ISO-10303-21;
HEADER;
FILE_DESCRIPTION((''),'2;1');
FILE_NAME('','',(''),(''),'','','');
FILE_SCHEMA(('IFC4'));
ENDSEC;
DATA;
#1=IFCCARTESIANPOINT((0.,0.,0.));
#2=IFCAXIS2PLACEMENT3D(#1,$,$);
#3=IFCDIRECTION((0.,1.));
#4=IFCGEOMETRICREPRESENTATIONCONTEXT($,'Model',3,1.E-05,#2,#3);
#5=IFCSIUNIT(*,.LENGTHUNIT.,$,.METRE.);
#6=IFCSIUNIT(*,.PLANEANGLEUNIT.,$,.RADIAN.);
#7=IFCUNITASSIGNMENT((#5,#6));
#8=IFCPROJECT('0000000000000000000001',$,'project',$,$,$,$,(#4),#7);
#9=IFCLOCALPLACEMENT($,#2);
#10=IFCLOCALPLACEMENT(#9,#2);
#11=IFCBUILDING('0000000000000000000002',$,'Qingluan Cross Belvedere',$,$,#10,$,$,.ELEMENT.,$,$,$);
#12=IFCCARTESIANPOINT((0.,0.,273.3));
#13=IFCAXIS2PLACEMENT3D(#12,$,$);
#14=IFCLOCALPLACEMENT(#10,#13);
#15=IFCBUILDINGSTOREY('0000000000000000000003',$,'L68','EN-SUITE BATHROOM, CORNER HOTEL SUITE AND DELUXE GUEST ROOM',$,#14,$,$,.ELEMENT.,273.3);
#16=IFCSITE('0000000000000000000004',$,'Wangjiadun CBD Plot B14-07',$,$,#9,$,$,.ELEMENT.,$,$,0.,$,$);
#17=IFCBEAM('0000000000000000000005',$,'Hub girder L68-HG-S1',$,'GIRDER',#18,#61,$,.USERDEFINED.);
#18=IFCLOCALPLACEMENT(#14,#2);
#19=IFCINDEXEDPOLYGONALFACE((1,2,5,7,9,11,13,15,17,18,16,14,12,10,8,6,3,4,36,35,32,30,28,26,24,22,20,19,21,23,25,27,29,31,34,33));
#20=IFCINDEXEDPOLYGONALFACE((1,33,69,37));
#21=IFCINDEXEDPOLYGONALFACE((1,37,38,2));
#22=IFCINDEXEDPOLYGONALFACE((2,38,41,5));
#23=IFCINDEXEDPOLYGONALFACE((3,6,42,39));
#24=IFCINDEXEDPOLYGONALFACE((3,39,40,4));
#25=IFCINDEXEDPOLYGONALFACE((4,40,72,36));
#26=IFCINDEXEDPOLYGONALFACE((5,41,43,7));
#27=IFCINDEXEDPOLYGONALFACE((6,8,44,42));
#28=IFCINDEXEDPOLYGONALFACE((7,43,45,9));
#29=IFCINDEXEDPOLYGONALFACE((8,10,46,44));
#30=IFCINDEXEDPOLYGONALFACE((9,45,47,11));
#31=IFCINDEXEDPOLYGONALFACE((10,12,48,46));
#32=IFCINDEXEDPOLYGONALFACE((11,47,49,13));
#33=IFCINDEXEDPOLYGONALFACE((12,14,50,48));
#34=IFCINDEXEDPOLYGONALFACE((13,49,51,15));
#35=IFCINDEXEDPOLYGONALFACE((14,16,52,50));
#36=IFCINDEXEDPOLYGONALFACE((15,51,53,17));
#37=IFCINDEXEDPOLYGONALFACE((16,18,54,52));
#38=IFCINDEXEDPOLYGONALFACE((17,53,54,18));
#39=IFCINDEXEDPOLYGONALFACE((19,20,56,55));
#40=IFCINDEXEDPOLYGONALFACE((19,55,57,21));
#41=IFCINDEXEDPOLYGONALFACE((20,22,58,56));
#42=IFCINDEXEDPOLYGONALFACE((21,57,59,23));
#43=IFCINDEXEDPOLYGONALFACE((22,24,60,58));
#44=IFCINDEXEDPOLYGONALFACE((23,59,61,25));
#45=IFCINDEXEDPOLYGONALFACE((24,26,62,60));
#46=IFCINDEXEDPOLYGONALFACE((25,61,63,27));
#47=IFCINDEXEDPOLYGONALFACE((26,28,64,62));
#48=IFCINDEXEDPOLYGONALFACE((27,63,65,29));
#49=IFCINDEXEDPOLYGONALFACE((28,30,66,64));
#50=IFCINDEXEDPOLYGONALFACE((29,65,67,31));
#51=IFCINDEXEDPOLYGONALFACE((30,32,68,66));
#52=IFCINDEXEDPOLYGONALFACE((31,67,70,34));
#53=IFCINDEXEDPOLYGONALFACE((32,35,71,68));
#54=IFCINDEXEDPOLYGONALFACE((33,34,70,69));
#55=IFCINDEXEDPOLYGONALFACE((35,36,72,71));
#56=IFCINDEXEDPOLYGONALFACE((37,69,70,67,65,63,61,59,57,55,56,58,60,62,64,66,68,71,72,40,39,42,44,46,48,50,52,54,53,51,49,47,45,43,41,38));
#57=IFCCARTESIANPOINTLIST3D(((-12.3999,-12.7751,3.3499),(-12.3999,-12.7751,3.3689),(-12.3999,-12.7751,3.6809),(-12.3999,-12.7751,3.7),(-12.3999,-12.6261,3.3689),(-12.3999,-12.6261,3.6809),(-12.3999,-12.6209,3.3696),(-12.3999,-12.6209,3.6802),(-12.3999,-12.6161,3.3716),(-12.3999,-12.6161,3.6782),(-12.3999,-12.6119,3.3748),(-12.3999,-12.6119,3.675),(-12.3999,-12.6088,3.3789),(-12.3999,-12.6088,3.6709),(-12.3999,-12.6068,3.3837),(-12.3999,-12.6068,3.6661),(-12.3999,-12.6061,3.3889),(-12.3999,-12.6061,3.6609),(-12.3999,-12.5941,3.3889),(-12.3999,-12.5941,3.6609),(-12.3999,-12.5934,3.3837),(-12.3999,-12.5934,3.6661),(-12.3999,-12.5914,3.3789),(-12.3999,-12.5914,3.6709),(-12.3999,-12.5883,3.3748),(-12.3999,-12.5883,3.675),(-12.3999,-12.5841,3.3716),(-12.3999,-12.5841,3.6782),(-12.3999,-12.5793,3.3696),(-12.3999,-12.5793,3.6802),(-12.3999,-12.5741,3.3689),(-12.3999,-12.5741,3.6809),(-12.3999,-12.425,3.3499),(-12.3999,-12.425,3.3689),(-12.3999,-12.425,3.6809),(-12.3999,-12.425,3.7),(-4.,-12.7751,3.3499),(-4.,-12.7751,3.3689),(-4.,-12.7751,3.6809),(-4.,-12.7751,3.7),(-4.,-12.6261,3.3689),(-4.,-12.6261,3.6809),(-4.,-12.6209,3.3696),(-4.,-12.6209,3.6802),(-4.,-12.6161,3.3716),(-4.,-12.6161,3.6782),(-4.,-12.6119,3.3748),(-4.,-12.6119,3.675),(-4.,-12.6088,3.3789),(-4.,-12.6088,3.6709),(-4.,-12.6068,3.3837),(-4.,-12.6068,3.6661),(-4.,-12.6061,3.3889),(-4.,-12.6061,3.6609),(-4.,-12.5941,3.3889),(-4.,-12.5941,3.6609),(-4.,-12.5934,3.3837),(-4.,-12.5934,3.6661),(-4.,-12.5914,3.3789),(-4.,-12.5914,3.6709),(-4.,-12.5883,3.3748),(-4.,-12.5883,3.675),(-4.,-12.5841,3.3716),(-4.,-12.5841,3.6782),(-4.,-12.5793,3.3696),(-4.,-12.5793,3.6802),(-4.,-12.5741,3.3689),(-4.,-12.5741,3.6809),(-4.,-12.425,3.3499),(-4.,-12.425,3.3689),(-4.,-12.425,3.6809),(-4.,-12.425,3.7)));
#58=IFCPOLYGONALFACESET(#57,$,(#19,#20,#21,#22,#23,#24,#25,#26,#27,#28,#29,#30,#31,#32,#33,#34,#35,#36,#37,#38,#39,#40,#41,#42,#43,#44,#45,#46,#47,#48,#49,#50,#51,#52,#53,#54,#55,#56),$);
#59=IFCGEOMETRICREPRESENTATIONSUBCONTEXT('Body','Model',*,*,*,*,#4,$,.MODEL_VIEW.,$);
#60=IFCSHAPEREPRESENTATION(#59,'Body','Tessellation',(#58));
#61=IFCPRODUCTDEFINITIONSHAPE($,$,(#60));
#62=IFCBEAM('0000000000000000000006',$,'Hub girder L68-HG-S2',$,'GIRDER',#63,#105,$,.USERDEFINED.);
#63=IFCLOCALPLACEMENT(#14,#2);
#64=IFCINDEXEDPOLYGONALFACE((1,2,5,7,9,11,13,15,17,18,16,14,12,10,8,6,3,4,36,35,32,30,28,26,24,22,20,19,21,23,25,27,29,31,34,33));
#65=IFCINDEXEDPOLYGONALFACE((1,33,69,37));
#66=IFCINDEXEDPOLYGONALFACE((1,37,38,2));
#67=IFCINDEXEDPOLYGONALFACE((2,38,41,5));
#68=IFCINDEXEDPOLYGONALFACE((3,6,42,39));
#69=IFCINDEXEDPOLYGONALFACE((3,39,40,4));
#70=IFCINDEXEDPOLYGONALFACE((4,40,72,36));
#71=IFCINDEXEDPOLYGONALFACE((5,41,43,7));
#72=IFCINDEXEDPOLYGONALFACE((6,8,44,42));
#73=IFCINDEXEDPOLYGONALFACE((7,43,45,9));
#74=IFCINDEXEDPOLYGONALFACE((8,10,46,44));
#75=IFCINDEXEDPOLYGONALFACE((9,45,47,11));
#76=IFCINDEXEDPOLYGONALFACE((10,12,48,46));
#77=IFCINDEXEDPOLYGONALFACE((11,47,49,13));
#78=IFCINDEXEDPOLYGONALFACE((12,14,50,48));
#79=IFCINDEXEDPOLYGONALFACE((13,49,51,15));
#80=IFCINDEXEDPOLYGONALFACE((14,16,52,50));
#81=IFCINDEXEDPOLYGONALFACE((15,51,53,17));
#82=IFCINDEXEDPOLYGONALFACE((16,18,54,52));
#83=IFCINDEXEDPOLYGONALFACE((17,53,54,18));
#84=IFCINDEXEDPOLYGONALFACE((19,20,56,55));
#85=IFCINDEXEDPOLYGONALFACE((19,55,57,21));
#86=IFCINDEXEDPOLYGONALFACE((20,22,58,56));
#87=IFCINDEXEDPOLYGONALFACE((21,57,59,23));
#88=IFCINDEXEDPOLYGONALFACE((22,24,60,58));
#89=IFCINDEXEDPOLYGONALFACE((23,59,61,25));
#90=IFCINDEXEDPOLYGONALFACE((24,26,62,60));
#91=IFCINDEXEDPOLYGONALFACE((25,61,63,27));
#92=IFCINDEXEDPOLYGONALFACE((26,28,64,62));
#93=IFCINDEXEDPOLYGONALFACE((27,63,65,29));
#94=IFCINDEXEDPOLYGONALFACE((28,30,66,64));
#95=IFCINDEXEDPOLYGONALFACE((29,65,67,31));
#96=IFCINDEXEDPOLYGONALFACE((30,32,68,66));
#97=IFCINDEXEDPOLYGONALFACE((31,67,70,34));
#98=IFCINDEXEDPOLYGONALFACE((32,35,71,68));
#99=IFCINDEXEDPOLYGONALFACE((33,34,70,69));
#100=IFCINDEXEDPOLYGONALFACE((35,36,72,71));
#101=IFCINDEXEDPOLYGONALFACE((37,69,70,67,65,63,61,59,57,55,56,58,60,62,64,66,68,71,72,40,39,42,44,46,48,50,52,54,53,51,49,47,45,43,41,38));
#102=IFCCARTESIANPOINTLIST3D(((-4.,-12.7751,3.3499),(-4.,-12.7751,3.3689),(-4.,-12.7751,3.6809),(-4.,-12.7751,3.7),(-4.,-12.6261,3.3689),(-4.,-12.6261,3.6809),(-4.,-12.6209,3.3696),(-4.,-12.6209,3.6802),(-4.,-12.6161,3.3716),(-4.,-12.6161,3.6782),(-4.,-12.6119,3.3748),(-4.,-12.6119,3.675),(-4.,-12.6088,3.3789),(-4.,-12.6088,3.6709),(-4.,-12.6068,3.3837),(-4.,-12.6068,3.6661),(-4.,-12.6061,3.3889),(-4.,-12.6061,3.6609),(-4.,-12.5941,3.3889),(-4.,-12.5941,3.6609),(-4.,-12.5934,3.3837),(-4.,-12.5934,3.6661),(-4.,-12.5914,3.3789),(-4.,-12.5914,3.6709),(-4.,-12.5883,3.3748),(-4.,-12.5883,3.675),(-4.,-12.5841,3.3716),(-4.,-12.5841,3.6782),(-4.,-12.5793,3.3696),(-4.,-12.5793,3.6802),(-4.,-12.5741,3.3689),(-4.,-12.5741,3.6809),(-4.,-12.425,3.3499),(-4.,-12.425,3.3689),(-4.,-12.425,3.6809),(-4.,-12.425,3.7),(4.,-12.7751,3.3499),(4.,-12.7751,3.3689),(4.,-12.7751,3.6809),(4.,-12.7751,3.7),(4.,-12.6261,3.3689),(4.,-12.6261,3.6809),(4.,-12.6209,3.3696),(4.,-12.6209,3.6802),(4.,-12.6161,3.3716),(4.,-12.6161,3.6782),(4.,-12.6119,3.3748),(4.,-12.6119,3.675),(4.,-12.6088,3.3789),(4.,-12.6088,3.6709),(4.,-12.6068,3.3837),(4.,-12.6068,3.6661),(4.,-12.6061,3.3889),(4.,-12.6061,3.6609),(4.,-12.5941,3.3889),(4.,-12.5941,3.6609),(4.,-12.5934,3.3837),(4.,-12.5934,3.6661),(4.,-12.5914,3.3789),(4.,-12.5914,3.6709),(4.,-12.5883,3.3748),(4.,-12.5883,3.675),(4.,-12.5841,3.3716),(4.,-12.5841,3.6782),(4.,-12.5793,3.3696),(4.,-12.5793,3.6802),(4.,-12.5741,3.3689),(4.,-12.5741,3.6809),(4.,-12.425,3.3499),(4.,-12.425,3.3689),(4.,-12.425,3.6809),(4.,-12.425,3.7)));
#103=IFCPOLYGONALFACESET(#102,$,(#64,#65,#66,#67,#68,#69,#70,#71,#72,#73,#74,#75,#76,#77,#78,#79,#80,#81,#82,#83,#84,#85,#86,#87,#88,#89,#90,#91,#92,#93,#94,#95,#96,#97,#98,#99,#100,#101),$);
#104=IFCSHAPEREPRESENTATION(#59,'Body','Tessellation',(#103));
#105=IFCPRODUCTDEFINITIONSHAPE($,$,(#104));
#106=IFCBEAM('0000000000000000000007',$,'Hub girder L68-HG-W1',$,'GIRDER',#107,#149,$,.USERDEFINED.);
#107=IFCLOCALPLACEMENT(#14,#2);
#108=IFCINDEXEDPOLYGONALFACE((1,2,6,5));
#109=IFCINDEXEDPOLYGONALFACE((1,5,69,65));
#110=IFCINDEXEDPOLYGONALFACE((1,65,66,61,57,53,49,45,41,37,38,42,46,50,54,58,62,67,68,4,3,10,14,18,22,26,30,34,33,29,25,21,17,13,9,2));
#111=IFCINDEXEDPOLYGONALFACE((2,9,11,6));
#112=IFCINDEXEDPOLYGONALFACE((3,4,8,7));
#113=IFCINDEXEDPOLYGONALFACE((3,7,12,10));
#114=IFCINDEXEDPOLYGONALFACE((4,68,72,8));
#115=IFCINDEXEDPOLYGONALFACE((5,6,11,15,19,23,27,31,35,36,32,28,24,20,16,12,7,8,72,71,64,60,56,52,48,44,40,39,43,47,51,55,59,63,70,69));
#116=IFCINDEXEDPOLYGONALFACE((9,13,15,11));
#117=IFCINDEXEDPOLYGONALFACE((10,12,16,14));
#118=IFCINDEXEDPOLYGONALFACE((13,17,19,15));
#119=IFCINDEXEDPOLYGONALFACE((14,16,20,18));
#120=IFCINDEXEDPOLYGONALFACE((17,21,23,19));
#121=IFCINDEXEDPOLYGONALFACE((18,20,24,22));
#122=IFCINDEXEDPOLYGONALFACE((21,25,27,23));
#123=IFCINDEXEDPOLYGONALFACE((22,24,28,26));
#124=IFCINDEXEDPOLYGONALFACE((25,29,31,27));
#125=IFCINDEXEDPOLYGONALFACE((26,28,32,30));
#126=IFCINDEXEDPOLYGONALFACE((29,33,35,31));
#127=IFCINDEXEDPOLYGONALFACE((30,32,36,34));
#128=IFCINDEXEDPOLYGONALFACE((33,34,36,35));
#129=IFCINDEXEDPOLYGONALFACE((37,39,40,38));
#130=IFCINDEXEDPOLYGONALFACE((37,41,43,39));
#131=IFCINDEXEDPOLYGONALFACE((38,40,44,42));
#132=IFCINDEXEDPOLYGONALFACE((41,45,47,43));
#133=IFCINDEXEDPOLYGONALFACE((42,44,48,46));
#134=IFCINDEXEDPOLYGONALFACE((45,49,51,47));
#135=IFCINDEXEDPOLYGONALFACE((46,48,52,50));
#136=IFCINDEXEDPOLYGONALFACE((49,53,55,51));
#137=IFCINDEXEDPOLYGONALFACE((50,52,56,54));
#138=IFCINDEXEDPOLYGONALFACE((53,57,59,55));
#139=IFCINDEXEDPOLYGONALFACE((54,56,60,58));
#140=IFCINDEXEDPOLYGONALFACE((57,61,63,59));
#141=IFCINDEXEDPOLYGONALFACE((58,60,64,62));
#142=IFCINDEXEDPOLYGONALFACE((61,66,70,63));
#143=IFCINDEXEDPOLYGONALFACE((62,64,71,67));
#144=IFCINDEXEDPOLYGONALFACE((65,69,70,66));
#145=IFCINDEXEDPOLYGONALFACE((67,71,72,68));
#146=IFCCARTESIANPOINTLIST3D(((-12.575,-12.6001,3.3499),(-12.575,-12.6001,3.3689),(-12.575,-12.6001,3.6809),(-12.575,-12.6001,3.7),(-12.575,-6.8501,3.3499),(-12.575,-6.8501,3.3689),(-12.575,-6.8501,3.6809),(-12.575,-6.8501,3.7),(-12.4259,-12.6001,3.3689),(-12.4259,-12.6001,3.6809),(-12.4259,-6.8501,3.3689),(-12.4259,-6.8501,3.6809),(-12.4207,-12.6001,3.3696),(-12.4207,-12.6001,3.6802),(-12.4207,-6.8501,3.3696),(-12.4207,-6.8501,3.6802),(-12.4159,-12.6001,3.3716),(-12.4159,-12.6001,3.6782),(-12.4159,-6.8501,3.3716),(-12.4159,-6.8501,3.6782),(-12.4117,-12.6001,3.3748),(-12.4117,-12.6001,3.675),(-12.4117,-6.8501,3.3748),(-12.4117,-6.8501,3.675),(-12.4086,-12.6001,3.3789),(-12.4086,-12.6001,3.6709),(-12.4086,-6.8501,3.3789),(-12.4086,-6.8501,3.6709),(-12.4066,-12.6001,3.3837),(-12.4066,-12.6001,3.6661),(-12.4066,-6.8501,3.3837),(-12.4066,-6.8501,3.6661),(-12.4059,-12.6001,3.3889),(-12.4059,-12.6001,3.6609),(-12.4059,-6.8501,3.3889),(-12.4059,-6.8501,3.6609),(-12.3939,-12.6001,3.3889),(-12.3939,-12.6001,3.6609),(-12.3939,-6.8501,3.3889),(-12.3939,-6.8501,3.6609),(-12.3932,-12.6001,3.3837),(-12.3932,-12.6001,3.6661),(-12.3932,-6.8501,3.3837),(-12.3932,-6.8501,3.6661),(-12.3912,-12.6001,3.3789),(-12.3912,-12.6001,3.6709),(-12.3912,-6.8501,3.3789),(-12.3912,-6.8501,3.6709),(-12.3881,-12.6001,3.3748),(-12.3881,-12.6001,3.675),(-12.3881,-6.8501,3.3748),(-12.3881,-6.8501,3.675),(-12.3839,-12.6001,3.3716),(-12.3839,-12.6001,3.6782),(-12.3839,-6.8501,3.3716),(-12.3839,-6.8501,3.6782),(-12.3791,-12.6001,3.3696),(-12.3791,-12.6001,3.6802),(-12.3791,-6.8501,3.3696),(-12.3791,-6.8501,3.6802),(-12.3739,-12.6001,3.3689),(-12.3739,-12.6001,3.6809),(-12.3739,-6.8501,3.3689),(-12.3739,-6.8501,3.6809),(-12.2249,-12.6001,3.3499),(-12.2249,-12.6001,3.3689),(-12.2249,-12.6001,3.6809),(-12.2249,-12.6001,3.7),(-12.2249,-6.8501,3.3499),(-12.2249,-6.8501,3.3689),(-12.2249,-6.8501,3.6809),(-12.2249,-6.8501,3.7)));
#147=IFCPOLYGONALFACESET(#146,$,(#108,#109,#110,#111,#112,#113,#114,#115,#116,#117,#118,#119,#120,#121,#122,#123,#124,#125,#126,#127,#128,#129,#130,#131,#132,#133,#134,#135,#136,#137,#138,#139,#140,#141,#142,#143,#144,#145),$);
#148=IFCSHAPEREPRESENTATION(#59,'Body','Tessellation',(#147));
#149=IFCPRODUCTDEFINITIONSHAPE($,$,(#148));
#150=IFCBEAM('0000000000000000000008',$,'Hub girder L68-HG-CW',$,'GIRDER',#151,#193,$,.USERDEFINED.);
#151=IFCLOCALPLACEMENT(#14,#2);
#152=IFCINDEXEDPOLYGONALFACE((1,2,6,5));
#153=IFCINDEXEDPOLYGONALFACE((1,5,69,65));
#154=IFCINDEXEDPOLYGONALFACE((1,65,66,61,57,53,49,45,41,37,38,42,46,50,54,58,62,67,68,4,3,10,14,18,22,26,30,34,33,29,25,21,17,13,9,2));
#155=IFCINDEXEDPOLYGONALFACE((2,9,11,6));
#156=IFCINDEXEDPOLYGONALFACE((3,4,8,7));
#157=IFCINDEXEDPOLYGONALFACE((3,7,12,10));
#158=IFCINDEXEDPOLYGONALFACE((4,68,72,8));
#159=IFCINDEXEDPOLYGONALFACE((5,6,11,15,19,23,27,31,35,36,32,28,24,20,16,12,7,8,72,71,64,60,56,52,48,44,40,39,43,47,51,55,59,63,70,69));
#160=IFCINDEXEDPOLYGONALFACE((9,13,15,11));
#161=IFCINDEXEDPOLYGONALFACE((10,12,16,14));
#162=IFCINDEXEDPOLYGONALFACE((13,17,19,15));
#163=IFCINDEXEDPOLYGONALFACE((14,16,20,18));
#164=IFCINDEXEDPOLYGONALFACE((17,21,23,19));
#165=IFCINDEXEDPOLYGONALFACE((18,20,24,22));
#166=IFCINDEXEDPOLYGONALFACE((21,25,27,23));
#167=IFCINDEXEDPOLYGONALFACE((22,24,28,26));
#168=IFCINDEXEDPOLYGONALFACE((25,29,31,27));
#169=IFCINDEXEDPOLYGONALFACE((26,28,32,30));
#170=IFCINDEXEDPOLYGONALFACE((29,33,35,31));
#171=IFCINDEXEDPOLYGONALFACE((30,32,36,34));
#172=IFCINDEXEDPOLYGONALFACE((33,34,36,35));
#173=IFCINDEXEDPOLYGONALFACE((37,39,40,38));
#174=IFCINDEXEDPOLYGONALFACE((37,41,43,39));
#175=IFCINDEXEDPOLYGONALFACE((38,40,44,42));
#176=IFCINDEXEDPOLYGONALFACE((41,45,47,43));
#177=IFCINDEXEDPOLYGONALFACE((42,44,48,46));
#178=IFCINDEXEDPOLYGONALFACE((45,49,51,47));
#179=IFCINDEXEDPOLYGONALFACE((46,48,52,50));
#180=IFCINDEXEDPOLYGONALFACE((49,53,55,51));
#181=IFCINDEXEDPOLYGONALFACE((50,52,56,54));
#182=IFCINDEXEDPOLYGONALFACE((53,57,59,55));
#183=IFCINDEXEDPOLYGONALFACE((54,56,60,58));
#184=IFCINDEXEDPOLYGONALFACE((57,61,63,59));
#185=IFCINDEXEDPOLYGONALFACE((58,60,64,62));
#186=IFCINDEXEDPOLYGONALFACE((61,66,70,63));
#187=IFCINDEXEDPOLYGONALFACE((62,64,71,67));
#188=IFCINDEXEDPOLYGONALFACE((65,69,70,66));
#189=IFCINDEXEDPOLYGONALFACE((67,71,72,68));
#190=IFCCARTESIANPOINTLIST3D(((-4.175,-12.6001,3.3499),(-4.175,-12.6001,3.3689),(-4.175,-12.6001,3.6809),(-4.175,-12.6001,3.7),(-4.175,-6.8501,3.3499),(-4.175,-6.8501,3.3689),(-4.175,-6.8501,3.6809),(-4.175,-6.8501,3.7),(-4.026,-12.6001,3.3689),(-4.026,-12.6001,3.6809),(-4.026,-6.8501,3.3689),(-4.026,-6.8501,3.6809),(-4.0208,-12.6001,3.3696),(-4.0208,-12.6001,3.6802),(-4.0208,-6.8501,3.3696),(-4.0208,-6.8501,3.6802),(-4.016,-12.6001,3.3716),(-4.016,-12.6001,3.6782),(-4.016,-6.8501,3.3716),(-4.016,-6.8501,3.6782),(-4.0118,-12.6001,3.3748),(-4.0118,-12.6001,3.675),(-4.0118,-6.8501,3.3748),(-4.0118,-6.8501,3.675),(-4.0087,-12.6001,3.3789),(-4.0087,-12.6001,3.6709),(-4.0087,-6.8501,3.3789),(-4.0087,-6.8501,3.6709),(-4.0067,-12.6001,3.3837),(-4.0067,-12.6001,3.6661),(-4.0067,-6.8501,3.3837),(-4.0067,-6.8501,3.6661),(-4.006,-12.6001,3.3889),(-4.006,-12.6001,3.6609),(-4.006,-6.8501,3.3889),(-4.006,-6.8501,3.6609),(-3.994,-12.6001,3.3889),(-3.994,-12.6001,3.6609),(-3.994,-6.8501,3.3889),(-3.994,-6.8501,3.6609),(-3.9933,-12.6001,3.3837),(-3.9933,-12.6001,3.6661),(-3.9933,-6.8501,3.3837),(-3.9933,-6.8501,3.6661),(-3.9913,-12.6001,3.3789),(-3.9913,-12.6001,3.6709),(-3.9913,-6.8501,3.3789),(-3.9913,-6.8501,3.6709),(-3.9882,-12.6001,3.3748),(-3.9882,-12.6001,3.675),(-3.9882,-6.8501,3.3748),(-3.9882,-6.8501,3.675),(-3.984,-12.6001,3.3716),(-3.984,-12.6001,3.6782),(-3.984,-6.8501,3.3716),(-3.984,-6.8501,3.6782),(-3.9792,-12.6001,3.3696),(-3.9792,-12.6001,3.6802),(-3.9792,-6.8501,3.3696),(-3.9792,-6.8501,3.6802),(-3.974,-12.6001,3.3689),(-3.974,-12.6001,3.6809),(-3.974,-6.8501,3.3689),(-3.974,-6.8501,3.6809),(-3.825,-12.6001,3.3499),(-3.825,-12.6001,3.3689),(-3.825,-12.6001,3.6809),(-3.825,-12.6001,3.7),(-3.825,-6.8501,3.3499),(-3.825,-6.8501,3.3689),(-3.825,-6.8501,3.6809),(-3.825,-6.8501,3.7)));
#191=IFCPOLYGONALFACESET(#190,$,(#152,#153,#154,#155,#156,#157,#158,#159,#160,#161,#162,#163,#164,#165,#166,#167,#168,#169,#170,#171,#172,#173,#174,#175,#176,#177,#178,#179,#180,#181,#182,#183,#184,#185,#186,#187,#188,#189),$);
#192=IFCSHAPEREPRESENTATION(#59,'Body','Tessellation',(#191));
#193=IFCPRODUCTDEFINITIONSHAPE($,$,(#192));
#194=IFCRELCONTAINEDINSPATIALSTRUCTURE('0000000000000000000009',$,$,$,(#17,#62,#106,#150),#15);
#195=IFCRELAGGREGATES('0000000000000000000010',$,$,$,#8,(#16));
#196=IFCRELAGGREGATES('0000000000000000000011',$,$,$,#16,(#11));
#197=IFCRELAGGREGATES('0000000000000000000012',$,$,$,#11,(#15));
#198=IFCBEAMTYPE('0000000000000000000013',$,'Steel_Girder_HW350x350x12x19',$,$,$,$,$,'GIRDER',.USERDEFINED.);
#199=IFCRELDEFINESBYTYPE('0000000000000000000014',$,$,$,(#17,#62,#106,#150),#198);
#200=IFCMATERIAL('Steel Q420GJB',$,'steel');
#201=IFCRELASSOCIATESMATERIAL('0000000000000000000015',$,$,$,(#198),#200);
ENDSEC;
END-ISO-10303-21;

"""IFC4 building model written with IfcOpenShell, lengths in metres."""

from ifc_helpers import new_model, si_unit, direction, frame, origin, origin_2d, place, context, subcontext, project, spatial, i_section, extrude, material, material_profile, profile_set, type_object, element, save


model = new_model("IFC4")

# Units and contexts
model_context = context("Model", 3, precision=1e-05, world=origin(), true_north=direction((0.0, 1.0)))
body_context = subcontext(model_context, "Body", "Model", "MODEL_VIEW")
ifc_project = project(units=[si_unit("LENGTHUNIT", "METRE"), si_unit("PLANEANGLEUNIT", "RADIAN")], contexts=[model_context])

# Site, building, storey
site_placement = place(None, origin())
site = spatial("IfcSite", under=ifc_project, at=site_placement, Name="Wangjiadun CBD Plot B14-07", CompositionType="ELEMENT", RefElevation=0.0)
building_placement = place(site_placement, origin())
building = spatial("IfcBuilding", under=site, at=building_placement, Name="Qingluan Cross Belvedere", CompositionType="ELEMENT")
storey_placement = place(building_placement, frame((0.0, 0.0, 273.3)))
storey = spatial("IfcBuildingStorey", under=building, at=storey_placement, Name="L68", Description="EN-SUITE BATHROOM, CORNER HOTEL SUITE AND DELUXE GUEST ROOM", CompositionType="ELEMENT", Elevation=273.3)

# Beams
ifc_material_1 = material(Name="Steel Q420GJB", Category="steel")
ifc_material_profile_1 = material_profile(ifc_material_1, i_section(OverallWidth=0.3501, OverallDepth=0.3501, WebThickness=0.012, FlangeThickness=0.019, FilletRadius=0.02, at=origin_2d()), Name="HW350x350x12x19")
ifc_profile_set_1 = profile_set([ifc_material_profile_1], Name="Steel Q420GJB")
beam_type_1 = type_object("IfcBeamType", Name="Steel_Girder_HW350x350x12x19", ElementType="GIRDER", PredefinedType="USERDEFINED", material=ifc_profile_set_1)
beam_1_placement = place(storey_placement, frame((-12.3999, -12.6001, 3.5249), z_axis=(1.0, 0.0, 0.0), x_axis=(0.0, 1.0, 0.0)))
element("IfcBeam", 1, at=beam_1_placement, inside=storey, type_object=beam_type_1, Name="Hub girder L68-HG-S1", ObjectType="GIRDER", PredefinedType="USERDEFINED", context=body_context, shape_type="SweptSolid", body=[
    extrude(i_section(OverallWidth=0.3501, OverallDepth=0.3501, WebThickness=0.012, FlangeThickness=0.019, FilletRadius=0.02, at=origin_2d()), origin(), (0.0, 0.0, 1.0), 8.3999),
])
beam_2_placement = place(storey_placement, frame((-4.0, -12.6001, 3.5249), z_axis=(1.0, 0.0, 0.0), x_axis=(0.0, 1.0, 0.0)))
element("IfcBeam", 2, at=beam_2_placement, inside=storey, type_object=beam_type_1, Name="Hub girder L68-HG-S2", ObjectType="GIRDER", PredefinedType="USERDEFINED", context=body_context, shape_type="SweptSolid", body=[
    extrude(i_section(OverallWidth=0.3501, OverallDepth=0.3501, WebThickness=0.012, FlangeThickness=0.019, FilletRadius=0.02, at=origin_2d()), origin(), (0.0, 0.0, 1.0), 8.0),
])
for number, where, z_axis, x_axis, name in (
    (3, (-12.3999, -12.6001, 3.5249), (0.0, 1.0, 0.0), (-1.0, 0.0, 0.0), "Hub girder L68-HG-W1"),
    (4, (-4.0, -12.6001, 3.5249), (0.0, 1.0, 0.0), (-1.0, 0.0, 0.0), "Hub girder L68-HG-CW"),
):
    element("IfcBeam", number, at=place(storey_placement, frame(where, z_axis=z_axis, x_axis=x_axis)), inside=storey, type_object=beam_type_1, Name=name, ObjectType="GIRDER", PredefinedType="USERDEFINED", context=body_context, shape_type="SweptSolid", body=[
        extrude(i_section(OverallWidth=0.3501, OverallDepth=0.3501, WebThickness=0.012, FlangeThickness=0.019, FilletRadius=0.02, at=origin_2d()), origin(), (0.0, 0.0, 1.0), 5.75),
    ])

save(model, "model.ifc")
